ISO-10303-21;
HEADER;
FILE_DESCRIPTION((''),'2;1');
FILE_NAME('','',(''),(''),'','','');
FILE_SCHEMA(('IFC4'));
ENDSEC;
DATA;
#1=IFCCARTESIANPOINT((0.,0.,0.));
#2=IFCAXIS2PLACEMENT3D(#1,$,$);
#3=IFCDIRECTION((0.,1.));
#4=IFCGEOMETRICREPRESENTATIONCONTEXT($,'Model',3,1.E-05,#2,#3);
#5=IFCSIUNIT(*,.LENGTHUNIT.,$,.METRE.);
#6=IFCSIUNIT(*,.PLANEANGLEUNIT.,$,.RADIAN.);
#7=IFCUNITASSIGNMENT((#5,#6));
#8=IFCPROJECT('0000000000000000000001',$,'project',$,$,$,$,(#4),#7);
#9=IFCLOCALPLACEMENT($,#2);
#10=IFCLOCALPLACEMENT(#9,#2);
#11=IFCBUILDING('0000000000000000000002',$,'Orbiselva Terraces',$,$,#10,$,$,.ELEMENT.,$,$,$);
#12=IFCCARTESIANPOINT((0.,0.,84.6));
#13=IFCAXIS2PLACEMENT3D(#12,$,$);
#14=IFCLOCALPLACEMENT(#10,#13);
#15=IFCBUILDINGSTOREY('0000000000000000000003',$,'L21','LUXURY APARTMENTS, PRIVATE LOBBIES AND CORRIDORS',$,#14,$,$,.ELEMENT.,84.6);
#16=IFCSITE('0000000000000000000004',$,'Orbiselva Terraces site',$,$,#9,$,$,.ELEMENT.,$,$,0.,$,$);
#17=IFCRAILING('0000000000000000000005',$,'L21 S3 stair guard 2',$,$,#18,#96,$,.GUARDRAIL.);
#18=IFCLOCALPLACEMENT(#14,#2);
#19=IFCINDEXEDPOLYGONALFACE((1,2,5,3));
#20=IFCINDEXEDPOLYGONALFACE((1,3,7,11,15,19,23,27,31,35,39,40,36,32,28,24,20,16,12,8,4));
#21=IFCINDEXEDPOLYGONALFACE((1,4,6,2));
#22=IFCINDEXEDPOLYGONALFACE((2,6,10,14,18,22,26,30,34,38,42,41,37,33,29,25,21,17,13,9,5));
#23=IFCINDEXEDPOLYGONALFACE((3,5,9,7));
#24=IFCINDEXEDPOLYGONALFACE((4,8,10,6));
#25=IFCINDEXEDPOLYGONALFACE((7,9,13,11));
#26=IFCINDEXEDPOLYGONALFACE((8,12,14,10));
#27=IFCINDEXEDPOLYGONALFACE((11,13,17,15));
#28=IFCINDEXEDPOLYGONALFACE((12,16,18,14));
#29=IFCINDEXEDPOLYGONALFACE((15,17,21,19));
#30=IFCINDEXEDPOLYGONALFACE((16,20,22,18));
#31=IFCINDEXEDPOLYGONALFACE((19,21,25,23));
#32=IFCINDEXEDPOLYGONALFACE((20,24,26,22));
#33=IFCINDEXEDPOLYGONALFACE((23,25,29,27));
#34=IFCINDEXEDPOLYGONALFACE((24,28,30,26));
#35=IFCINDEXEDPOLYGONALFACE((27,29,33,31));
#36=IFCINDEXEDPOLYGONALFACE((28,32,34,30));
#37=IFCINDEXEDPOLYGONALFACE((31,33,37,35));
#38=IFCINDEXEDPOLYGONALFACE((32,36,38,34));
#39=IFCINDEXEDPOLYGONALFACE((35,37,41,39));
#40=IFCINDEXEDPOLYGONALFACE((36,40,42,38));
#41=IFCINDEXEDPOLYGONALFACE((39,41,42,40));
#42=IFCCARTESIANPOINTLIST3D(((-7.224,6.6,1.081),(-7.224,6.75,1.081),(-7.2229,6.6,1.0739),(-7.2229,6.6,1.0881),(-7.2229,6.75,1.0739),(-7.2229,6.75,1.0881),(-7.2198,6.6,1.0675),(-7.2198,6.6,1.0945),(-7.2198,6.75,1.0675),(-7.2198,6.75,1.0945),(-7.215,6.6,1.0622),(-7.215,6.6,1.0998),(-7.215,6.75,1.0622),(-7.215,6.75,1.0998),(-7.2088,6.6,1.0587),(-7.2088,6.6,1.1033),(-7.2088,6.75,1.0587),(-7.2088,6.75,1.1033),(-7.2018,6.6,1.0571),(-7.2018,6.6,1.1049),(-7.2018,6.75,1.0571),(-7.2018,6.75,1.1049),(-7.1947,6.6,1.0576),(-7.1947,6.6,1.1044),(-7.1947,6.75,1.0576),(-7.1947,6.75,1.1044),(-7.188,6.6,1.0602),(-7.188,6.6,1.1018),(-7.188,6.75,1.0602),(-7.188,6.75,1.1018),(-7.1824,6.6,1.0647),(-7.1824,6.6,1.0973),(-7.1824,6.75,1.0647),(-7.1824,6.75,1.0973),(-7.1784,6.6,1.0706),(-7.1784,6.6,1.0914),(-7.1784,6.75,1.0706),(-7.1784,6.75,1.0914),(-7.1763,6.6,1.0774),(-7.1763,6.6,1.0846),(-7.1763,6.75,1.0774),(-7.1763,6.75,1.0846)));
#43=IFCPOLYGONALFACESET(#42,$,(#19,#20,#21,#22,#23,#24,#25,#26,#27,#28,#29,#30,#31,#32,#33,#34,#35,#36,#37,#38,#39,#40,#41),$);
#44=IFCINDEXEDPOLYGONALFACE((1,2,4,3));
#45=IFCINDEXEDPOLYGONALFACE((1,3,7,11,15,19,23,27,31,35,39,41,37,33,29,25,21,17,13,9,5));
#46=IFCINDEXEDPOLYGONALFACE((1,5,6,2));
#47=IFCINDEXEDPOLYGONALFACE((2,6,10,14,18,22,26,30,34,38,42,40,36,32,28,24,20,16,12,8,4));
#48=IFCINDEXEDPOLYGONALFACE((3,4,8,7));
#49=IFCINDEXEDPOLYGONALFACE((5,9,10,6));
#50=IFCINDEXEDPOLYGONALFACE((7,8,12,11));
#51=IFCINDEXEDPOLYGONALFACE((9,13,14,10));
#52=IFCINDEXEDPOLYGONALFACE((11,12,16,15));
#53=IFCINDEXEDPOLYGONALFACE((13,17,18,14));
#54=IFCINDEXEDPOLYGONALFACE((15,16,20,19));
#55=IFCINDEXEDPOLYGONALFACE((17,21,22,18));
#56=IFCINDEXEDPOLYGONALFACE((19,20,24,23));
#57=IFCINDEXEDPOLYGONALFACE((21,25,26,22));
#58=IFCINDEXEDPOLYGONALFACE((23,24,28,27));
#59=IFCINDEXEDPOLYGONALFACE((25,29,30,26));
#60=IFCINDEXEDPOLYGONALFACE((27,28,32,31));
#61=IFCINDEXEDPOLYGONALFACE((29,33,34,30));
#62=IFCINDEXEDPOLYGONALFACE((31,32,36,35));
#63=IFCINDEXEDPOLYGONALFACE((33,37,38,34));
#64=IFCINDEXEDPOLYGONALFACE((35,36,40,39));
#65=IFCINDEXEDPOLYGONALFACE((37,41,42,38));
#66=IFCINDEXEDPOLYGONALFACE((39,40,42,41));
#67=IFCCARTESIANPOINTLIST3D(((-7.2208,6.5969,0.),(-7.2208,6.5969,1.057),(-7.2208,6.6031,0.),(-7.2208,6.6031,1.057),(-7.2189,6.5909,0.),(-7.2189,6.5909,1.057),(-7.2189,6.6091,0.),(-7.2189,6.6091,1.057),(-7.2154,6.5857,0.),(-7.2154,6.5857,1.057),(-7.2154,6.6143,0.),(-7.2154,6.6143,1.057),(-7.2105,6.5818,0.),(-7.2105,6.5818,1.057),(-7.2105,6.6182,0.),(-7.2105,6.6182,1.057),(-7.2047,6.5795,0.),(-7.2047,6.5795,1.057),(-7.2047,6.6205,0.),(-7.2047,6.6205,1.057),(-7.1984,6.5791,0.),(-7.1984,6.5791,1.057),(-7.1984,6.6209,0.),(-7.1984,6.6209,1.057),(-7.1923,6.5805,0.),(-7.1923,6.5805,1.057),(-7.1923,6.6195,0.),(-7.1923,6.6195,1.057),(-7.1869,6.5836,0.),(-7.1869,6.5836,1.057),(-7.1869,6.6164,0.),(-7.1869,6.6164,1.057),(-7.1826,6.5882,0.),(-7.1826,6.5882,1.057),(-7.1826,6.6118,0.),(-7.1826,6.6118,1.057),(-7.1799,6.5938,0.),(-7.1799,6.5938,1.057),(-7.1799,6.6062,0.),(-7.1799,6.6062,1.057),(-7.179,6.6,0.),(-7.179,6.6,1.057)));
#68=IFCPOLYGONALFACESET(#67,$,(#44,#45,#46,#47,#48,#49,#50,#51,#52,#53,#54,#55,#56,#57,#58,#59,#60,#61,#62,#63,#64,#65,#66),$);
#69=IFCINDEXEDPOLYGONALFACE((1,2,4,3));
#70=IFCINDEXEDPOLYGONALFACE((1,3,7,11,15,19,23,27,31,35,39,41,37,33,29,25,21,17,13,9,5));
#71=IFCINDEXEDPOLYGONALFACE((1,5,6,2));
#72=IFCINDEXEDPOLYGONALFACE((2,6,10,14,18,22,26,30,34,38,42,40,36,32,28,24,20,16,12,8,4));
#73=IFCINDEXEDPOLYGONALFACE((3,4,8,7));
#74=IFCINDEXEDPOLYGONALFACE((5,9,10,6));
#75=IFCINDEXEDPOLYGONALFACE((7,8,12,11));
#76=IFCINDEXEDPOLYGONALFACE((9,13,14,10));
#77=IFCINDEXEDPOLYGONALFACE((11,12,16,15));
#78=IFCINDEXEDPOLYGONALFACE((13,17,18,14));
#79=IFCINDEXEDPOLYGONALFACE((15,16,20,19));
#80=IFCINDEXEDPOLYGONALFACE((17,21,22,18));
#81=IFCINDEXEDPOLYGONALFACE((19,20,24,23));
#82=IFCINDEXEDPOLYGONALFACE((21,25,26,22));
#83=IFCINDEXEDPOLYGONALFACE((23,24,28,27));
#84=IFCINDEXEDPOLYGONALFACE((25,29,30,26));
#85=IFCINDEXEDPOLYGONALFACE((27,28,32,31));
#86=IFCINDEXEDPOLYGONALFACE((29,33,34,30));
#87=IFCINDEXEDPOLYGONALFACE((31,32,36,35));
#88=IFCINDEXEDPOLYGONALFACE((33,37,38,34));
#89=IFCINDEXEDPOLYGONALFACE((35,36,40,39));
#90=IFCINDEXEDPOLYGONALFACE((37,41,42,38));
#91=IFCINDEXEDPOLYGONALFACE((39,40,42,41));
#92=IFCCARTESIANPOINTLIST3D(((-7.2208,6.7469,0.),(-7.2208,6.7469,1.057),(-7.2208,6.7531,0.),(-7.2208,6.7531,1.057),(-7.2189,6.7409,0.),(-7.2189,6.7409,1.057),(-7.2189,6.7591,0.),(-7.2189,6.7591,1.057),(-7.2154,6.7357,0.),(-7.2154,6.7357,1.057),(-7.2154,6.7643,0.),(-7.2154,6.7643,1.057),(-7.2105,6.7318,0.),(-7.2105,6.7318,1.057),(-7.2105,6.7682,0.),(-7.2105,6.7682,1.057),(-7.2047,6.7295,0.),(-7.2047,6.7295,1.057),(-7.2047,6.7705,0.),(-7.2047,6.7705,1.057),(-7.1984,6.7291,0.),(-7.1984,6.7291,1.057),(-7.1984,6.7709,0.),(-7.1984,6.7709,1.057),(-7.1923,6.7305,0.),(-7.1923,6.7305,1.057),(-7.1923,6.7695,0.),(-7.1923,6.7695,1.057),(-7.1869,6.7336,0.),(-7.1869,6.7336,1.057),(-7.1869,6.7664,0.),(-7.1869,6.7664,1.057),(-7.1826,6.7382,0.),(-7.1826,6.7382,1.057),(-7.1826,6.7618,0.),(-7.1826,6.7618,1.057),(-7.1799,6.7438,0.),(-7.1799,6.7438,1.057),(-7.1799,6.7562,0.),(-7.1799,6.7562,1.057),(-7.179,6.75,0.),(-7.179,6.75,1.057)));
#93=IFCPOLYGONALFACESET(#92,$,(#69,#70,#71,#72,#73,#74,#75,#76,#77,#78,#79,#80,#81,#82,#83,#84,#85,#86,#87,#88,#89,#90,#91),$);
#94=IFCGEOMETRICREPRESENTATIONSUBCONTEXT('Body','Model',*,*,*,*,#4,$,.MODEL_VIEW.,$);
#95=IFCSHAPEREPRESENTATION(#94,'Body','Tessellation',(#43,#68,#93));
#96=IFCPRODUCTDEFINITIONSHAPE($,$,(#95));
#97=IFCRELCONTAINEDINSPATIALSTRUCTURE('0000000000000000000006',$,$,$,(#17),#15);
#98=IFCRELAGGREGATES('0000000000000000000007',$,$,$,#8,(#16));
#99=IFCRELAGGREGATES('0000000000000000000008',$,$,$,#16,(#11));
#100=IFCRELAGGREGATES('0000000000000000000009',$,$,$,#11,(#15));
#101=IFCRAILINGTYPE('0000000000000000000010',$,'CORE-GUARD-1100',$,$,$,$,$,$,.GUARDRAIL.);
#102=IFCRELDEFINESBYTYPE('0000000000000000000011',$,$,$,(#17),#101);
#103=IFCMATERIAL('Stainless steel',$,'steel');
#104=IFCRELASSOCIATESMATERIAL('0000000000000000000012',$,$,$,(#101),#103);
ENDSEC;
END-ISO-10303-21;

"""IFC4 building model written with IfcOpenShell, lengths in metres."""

from ifc_helpers import new_model, si_unit, direction, frame, origin, origin_2d, place, context, subcontext, project, spatial, circle, extrude, material, type_object, element, save


model = new_model("IFC4")

# Units and contexts
model_context = context("Model", 3, precision=1e-05, world=origin(), true_north=direction((0.0, 1.0)))
body_context = subcontext(model_context, "Body", "Model", "MODEL_VIEW")
ifc_project = project(units=[si_unit("LENGTHUNIT", "METRE"), si_unit("PLANEANGLEUNIT", "RADIAN")], contexts=[model_context])

# Site, building, storey
site_placement = place(None, origin())
site = spatial("IfcSite", under=ifc_project, at=site_placement, Name="Orbiselva Terraces site", CompositionType="ELEMENT", RefElevation=0.0)
building_placement = place(site_placement, origin())
building = spatial("IfcBuilding", under=site, at=building_placement, Name="Orbiselva Terraces", CompositionType="ELEMENT")
storey_placement = place(building_placement, frame((0.0, 0.0, 84.6)))
storey = spatial("IfcBuildingStorey", under=building, at=storey_placement, Name="L21", Description="LUXURY APARTMENTS, PRIVATE LOBBIES AND CORRIDORS", CompositionType="ELEMENT", Elevation=84.6)

# Railing
ifc_material_1 = material(Name="Stainless steel", Category="steel")
railing_type_1 = type_object("IfcRailingType", Name="CORE-GUARD-1100", PredefinedType="GUARDRAIL", material=ifc_material_1)
railing_1_placement = place(storey_placement, frame((-7.2, 6.6, 0.0)))
element("IfcRailing", 1, at=railing_1_placement, inside=storey, type_object=railing_type_1, Name="L21 S3 stair guard 2", PredefinedType="GUARDRAIL", context=body_context, shape_type="SweptSolid", body=[
    extrude(circle(Radius=0.024, at=origin_2d()), frame((0.0, 0.0, 1.081), z_axis=(0.0, 1.0, 0.0), x_axis=(-1.0, 0.0, 0.0)), (0.0, 0.0, 1.0), 0.15),
    extrude(circle(Radius=0.021, at=origin_2d()), origin(), (0.0, 0.0, 1.0), 1.057),
    extrude(circle(Radius=0.021, at=origin_2d()), frame((0.0, 0.15, 0.0)), (0.0, 0.0, 1.0), 1.057),
])

save(model, "model.ifc")
